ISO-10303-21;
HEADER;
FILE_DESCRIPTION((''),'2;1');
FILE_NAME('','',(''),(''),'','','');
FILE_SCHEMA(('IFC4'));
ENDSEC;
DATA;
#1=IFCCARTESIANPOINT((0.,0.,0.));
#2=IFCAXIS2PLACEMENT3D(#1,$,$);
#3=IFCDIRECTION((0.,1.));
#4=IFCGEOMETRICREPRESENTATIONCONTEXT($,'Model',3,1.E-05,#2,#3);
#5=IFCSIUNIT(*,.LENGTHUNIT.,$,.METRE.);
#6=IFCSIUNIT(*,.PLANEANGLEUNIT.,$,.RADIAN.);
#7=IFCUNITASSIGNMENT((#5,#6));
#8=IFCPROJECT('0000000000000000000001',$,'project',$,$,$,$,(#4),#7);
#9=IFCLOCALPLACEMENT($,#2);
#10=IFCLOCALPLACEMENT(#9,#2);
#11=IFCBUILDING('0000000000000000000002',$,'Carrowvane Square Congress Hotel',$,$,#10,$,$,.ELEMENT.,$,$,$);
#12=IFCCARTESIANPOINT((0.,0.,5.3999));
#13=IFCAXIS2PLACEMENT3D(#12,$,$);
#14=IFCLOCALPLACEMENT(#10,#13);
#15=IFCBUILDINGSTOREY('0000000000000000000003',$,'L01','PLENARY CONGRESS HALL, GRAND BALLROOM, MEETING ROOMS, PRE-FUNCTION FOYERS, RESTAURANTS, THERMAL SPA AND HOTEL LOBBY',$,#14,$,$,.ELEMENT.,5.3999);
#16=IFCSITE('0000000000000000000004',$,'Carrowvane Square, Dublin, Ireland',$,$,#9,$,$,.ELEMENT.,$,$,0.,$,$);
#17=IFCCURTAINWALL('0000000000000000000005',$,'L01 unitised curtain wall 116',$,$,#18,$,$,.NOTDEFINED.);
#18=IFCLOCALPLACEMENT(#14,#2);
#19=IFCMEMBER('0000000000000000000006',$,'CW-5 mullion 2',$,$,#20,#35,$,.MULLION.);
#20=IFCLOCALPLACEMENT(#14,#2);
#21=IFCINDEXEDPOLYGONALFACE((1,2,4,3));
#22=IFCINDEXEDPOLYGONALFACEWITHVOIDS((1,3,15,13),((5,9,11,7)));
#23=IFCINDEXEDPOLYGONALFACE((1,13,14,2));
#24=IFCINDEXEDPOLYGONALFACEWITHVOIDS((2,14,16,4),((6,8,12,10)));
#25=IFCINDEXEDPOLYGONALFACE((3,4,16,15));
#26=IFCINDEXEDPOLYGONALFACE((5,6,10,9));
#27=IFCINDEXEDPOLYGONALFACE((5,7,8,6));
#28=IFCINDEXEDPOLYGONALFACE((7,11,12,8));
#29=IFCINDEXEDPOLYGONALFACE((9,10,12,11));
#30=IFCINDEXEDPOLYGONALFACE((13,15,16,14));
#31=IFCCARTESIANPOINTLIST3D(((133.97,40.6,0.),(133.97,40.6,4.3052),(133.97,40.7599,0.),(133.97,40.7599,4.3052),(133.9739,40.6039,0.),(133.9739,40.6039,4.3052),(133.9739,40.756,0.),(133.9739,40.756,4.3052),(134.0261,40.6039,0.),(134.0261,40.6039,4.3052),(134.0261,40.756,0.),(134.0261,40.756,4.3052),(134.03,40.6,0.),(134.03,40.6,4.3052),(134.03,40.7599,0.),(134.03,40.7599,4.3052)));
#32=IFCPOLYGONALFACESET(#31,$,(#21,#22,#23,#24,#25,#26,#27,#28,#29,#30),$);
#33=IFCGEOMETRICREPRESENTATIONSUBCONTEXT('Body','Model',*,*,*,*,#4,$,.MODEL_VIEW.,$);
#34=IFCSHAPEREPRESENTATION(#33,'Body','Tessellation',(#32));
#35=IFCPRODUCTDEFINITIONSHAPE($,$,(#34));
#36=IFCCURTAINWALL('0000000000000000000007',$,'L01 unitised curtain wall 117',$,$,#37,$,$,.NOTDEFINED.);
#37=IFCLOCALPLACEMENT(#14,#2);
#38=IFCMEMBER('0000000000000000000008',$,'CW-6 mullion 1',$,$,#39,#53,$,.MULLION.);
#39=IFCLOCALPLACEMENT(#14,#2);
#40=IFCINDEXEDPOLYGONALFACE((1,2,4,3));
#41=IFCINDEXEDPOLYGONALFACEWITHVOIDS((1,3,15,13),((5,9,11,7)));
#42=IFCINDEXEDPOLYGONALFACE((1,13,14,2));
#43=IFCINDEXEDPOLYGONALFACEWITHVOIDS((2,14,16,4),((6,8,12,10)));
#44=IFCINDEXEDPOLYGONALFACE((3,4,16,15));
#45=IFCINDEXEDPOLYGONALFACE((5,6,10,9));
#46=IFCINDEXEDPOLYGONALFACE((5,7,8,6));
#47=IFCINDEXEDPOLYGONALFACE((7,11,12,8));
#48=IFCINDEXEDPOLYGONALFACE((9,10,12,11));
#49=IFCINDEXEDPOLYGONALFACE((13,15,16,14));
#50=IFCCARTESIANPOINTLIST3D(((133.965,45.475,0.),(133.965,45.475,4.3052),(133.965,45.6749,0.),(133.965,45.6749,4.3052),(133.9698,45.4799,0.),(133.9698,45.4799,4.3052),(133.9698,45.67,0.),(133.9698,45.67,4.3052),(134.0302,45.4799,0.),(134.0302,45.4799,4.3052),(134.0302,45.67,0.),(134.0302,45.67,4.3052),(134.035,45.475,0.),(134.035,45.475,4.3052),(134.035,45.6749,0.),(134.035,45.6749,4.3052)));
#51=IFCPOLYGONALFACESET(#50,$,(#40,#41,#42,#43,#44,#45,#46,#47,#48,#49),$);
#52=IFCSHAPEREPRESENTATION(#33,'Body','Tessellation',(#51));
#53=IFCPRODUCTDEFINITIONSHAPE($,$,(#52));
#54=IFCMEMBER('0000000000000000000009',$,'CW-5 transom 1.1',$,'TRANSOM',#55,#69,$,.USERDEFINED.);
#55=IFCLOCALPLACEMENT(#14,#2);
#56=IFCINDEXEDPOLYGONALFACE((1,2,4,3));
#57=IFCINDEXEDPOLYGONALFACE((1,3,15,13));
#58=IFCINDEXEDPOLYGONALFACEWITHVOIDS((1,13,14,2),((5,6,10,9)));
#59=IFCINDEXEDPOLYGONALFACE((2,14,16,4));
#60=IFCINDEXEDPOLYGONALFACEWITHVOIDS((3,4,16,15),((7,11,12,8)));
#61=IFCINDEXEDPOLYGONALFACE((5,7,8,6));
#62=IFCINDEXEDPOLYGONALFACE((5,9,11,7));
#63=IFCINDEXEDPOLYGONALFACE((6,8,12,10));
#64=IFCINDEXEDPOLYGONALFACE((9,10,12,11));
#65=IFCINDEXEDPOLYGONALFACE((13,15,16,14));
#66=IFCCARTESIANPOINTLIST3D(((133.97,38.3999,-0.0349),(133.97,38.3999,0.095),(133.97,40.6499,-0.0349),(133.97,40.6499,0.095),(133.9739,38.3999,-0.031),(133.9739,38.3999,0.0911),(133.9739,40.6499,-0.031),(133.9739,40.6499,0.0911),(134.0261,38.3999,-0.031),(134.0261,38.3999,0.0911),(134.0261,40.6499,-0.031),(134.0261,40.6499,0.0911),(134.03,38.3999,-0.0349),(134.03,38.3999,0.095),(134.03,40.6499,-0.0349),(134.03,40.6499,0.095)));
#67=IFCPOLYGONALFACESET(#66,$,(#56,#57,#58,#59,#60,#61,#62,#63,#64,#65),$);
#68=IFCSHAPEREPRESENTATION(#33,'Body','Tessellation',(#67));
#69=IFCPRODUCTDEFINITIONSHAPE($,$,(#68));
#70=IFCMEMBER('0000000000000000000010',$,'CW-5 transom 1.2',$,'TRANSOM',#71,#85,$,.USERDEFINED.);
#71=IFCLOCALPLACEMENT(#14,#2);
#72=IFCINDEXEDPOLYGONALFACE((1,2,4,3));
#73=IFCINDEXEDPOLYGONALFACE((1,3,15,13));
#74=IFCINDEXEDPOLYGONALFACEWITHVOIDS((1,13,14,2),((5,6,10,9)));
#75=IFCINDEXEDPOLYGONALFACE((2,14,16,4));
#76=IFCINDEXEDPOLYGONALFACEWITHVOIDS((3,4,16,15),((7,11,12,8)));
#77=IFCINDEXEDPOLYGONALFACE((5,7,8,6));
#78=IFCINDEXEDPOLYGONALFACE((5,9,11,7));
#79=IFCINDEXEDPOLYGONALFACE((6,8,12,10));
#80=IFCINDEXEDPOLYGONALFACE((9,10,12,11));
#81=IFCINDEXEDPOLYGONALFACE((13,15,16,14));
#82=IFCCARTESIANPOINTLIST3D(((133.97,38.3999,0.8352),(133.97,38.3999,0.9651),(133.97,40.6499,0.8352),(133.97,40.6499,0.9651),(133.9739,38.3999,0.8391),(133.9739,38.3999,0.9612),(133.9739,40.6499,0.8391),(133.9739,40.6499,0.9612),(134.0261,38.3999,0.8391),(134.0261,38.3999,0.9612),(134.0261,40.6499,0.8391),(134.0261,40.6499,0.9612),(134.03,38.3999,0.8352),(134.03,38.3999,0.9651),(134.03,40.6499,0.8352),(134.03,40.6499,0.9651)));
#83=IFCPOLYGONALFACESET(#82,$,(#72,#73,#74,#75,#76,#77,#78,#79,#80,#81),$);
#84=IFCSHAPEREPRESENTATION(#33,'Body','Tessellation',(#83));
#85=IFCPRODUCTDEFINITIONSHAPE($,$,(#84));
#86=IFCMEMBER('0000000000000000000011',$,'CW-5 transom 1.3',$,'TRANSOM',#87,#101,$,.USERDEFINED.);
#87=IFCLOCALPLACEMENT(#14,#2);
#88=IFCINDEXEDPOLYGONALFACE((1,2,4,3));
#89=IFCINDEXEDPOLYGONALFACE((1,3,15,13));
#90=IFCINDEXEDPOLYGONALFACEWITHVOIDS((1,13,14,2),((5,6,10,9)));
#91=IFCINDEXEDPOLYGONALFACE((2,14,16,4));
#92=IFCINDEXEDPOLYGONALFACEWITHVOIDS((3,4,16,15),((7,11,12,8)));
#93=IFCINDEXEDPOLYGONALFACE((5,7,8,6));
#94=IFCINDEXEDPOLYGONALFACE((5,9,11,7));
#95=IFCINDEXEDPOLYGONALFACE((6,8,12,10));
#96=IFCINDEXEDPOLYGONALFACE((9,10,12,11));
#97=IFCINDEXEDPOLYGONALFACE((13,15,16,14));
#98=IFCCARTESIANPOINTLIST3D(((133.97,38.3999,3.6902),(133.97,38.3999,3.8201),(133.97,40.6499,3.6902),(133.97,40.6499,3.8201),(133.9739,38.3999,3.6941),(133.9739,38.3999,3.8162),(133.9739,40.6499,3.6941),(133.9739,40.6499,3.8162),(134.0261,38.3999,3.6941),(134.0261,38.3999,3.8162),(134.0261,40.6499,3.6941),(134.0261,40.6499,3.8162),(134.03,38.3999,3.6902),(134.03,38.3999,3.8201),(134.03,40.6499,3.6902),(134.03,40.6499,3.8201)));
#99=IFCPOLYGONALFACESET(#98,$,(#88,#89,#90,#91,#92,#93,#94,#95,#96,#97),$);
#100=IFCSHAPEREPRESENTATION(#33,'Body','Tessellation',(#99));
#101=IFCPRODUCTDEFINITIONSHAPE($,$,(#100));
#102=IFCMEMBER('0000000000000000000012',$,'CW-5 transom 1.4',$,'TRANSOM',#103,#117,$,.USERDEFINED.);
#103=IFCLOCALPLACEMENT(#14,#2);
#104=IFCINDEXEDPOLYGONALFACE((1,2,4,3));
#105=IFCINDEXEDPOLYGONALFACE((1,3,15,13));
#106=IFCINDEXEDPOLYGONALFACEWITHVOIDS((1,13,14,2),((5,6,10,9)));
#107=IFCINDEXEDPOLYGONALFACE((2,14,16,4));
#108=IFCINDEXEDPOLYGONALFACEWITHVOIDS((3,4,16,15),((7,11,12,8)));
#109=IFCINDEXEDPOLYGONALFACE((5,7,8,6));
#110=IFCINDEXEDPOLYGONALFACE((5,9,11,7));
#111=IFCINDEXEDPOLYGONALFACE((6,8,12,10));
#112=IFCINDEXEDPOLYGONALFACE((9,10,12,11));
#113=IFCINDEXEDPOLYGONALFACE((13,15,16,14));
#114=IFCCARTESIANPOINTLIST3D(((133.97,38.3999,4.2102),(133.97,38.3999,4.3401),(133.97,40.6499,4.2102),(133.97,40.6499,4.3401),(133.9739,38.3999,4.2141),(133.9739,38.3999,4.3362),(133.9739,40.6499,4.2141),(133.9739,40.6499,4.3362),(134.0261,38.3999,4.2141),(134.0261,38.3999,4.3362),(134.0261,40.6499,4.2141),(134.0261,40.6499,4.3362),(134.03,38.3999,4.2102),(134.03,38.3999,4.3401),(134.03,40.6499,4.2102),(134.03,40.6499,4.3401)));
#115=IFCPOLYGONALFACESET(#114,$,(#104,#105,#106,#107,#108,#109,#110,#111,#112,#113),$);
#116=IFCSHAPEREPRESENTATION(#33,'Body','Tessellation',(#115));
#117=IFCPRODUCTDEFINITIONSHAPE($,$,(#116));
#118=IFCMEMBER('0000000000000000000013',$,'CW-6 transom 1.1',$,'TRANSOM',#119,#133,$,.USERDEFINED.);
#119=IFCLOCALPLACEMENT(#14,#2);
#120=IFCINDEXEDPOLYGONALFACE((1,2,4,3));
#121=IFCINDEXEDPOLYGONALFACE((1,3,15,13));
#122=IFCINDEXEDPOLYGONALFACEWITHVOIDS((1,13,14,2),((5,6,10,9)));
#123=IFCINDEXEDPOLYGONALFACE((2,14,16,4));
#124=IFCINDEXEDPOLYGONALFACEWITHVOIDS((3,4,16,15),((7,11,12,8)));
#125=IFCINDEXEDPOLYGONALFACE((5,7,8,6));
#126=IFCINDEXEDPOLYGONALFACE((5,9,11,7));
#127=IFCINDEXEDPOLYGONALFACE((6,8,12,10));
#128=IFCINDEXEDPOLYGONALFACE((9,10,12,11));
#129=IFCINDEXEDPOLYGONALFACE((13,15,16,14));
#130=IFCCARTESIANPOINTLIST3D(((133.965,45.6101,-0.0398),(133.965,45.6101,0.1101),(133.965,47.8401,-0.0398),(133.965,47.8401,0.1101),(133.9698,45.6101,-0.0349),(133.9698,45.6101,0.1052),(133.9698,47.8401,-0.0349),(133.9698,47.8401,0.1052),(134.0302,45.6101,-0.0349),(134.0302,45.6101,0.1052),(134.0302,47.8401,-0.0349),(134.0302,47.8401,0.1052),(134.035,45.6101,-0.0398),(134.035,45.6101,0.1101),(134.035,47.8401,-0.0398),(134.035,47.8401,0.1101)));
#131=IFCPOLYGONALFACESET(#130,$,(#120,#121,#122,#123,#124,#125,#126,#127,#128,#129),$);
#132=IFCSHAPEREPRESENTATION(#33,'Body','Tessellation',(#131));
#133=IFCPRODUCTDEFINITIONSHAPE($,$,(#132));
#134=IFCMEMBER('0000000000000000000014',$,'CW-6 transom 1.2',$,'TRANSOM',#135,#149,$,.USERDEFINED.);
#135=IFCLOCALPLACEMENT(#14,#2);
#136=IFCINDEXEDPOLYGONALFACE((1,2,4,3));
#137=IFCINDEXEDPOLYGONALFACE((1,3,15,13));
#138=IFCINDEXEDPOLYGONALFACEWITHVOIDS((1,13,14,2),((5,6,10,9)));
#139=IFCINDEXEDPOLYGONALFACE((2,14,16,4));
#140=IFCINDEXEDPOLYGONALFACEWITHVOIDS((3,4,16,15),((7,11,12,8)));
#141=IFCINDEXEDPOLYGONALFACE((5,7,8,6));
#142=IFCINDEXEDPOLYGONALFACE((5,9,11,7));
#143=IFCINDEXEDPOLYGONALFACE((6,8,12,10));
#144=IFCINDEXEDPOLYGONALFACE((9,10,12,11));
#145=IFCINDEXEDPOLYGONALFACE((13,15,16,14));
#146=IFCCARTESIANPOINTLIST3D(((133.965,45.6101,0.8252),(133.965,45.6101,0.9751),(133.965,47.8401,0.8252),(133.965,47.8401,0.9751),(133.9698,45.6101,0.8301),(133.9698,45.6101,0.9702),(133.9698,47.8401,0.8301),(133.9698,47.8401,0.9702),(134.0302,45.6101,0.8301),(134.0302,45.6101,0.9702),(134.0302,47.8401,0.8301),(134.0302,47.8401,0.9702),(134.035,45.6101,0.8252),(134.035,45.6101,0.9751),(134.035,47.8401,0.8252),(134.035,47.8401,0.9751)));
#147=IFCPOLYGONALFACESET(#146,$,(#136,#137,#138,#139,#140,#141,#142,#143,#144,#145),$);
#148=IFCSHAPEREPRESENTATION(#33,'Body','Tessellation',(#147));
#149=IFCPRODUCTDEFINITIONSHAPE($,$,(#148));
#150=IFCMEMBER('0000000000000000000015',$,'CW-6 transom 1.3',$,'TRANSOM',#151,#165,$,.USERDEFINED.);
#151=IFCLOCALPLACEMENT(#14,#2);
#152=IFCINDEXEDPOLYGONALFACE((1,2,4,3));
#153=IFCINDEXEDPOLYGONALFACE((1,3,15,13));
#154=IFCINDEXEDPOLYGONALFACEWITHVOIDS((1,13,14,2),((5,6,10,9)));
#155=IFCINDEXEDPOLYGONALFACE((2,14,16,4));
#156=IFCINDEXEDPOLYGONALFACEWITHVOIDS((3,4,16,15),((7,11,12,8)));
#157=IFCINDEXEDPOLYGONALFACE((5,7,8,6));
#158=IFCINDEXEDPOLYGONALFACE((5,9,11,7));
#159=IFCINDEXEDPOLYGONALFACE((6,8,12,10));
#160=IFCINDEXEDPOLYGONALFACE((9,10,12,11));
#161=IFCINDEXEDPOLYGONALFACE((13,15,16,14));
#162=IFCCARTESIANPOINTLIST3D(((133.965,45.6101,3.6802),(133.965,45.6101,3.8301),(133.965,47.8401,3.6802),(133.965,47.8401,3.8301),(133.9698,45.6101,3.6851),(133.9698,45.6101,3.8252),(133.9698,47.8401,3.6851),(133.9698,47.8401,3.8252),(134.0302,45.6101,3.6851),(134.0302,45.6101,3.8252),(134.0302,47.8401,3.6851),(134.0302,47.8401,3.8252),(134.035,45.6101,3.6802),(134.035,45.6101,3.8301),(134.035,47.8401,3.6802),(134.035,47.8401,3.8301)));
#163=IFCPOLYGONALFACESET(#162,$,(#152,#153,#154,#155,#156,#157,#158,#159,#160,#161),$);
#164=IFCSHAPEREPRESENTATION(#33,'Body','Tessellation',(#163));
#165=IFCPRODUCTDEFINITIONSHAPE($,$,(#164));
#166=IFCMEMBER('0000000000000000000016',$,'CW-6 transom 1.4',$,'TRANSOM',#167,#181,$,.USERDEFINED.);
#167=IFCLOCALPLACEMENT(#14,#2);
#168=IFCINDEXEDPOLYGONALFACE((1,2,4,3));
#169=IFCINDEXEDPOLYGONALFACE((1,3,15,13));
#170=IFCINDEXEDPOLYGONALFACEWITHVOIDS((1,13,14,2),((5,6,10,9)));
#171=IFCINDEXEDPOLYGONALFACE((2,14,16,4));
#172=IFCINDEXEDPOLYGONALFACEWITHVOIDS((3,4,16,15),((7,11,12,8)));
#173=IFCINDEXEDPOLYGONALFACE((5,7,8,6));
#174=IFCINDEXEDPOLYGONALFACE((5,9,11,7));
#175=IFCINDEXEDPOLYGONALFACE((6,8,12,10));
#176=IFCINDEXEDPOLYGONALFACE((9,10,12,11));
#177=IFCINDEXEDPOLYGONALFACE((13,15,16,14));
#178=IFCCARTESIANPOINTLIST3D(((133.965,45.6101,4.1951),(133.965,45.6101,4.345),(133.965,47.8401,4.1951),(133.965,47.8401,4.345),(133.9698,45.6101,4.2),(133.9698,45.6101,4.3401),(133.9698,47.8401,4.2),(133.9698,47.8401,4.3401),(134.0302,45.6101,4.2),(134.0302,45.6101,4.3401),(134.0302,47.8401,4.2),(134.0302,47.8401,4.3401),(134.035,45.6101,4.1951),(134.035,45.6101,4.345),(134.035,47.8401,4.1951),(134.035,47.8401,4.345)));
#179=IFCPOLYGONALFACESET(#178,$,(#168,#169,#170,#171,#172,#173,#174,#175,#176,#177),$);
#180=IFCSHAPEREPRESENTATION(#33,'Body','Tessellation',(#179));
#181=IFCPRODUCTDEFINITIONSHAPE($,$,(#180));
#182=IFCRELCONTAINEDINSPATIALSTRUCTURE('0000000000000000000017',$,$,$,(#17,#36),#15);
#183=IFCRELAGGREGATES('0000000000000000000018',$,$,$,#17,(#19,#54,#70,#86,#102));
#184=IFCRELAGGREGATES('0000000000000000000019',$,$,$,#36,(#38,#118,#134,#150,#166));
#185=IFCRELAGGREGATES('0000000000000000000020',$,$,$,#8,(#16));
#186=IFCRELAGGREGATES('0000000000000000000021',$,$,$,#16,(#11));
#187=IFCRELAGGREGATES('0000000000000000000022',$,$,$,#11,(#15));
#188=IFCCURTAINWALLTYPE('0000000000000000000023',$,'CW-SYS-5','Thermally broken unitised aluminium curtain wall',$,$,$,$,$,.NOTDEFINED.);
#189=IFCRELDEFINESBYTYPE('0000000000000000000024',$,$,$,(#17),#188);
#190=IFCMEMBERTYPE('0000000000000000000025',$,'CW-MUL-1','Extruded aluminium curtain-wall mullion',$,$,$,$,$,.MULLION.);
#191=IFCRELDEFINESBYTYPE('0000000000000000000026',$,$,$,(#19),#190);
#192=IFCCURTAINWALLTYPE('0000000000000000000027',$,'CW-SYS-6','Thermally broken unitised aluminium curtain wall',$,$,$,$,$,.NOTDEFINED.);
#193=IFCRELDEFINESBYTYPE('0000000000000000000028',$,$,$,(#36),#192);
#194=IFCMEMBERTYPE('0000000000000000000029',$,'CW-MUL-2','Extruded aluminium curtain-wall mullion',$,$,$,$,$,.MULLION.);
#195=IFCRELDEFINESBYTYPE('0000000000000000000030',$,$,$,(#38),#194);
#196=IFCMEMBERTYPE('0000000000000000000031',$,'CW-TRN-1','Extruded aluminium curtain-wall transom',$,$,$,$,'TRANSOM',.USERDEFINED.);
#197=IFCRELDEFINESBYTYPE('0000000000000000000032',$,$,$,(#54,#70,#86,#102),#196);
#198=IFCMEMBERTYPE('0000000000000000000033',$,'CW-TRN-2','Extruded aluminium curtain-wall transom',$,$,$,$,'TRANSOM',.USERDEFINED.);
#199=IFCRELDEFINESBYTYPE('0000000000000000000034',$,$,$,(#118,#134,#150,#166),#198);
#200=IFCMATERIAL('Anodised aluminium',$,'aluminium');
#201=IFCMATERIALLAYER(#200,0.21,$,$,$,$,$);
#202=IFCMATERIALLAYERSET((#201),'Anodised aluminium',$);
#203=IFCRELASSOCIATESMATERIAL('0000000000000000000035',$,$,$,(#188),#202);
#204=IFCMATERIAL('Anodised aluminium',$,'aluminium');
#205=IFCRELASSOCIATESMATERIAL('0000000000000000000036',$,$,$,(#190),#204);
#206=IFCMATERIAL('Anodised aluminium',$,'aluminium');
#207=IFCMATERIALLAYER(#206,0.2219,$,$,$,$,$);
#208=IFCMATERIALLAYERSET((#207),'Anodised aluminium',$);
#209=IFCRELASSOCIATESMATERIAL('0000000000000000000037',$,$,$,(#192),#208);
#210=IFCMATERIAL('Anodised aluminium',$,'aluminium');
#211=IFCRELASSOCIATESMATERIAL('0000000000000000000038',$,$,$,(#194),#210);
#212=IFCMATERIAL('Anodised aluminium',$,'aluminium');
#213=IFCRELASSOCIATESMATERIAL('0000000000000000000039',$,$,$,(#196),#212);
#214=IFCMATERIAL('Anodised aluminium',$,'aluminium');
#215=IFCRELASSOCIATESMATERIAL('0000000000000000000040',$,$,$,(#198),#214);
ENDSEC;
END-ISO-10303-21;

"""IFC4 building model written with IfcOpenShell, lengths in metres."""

from ifc_helpers import new_model, si_unit, direction, frame, origin, origin_2d, place, context, subcontext, project, spatial, hollow_rectangle, extrude, material, layer, layer_set, material_profile, profile_set, type_object, element, aggregate, save


model = new_model("IFC4")

# Units and contexts
model_context = context("Model", 3, precision=1e-05, world=origin(), true_north=direction((0.0, 1.0)))
body_context = subcontext(model_context, "Body", "Model", "MODEL_VIEW")
ifc_project = project(units=[si_unit("LENGTHUNIT", "METRE"), si_unit("PLANEANGLEUNIT", "RADIAN")], contexts=[model_context])

# Site, building, storey
site_placement = place(None, origin())
site = spatial("IfcSite", under=ifc_project, at=site_placement, Name="Carrowvane Square, Dublin, Ireland", CompositionType="ELEMENT", RefElevation=0.0)
building_placement = place(site_placement, origin())
building = spatial("IfcBuilding", under=site, at=building_placement, Name="Carrowvane Square Congress Hotel", CompositionType="ELEMENT")
storey_placement = place(building_placement, frame((0.0, 0.0, 5.3999)))
storey = spatial("IfcBuildingStorey", under=building, at=storey_placement, Name="L01", Description="PLENARY CONGRESS HALL, GRAND BALLROOM, MEETING ROOMS, PRE-FUNCTION FOYERS, RESTAURANTS, THERMAL SPA AND HOTEL LOBBY", CompositionType="ELEMENT", Elevation=5.3999)

# Curtain walls, members
ifc_material_1 = material(Name="Anodised aluminium", Category="aluminium")
ifc_layer_1 = layer(ifc_material_1, 0.21)
ifc_layer_set_1 = layer_set([ifc_layer_1], Name="Anodised aluminium")
curtain_wall_type_1 = type_object("IfcCurtainWallType", Name="CW-SYS-5", Description="Thermally broken unitised aluminium curtain wall", PredefinedType="NOTDEFINED", material=ifc_layer_set_1)
curtain_wall_1_placement = place(storey_placement, origin())
curtain_wall_1 = element("IfcCurtainWall", 1, at=curtain_wall_1_placement, inside=storey, type_object=curtain_wall_type_1, Name="L01 unitised curtain wall 116", PredefinedType="NOTDEFINED")
ifc_material_2 = material(Name="Anodised aluminium", Category="aluminium")
ifc_material_profile_1 = material_profile(ifc_material_2, hollow_rectangle(XDim=0.0601, YDim=0.1599, WallThickness=0.0039, at=origin_2d()), Name="CW-ML 60x160x4")
ifc_profile_set_1 = profile_set([ifc_material_profile_1], Name="Anodised aluminium")
member_type_1 = type_object("IfcMemberType", Name="CW-MUL-1", Description="Extruded aluminium curtain-wall mullion", PredefinedType="MULLION", material=ifc_profile_set_1)
member_1_placement = place(storey_placement, frame((134.0, 40.6799, 0.0), z_axis=(0.0, 0.0, 1.0), x_axis=(-1.0, 0.0, 0.0)))
member_1 = element("IfcMember", 2, at=member_1_placement, type_object=member_type_1, Name="CW-5 mullion 2", PredefinedType="MULLION", context=body_context, shape_type="SweptSolid", body=[
    extrude(hollow_rectangle(XDim=0.0601, YDim=0.1599, WallThickness=0.0039, at=origin_2d()), origin(), (0.0, 0.0, 1.0), 4.3052),
])
ifc_material_3 = material(Name="Anodised aluminium", Category="aluminium")
ifc_layer_2 = layer(ifc_material_3, 0.2219)
ifc_layer_set_2 = layer_set([ifc_layer_2], Name="Anodised aluminium")
curtain_wall_type_2 = type_object("IfcCurtainWallType", Name="CW-SYS-6", Description="Thermally broken unitised aluminium curtain wall", PredefinedType="NOTDEFINED", material=ifc_layer_set_2)
curtain_wall_2_placement = place(storey_placement, origin())
curtain_wall_2 = element("IfcCurtainWall", 3, at=curtain_wall_2_placement, inside=storey, type_object=curtain_wall_type_2, Name="L01 unitised curtain wall 117", PredefinedType="NOTDEFINED")
ifc_material_4 = material(Name="Anodised aluminium", Category="aluminium")
ifc_material_profile_2 = material_profile(ifc_material_4, hollow_rectangle(XDim=0.0701, YDim=0.2, WallThickness=0.0049, at=origin_2d()), Name="CW-ML 70x200x5")
ifc_profile_set_2 = profile_set([ifc_material_profile_2], Name="Anodised aluminium")
member_type_2 = type_object("IfcMemberType", Name="CW-MUL-2", Description="Extruded aluminium curtain-wall mullion", PredefinedType="MULLION", material=ifc_profile_set_2)
member_2_placement = place(storey_placement, frame((134.0, 45.575, 0.0), z_axis=(0.0, 0.0, 1.0), x_axis=(-1.0, 0.0, 0.0)))
member_2 = element("IfcMember", 4, at=member_2_placement, type_object=member_type_2, Name="CW-6 mullion 1", PredefinedType="MULLION", context=body_context, shape_type="SweptSolid", body=[
    extrude(hollow_rectangle(XDim=0.0701, YDim=0.2, WallThickness=0.0049, at=origin_2d()), origin(), (0.0, 0.0, 1.0), 4.3052),
])

# Members
ifc_material_5 = material(Name="Anodised aluminium", Category="aluminium")
ifc_material_profile_3 = material_profile(ifc_material_5, hollow_rectangle(XDim=0.0601, YDim=0.1299, WallThickness=0.0039, at=origin_2d()), Name="CW-TR 60x130x4")
ifc_profile_set_3 = profile_set([ifc_material_profile_3], Name="Anodised aluminium")
member_type_3 = type_object("IfcMemberType", Name="CW-TRN-1", Description="Extruded aluminium curtain-wall transom", ElementType="TRANSOM", PredefinedType="USERDEFINED", material=ifc_profile_set_3)
member_3_placement = place(storey_placement, frame((134.0, 38.3999, 0.03), z_axis=(0.0, 1.0, 0.0), x_axis=(-1.0, 0.0, 0.0)))
member_3 = element("IfcMember", 5, at=member_3_placement, type_object=member_type_3, Name="CW-5 transom 1.1", ObjectType="TRANSOM", PredefinedType="USERDEFINED", context=body_context, shape_type="SweptSolid", body=[
    extrude(hollow_rectangle(XDim=0.0601, YDim=0.1299, WallThickness=0.0039, at=origin_2d()), origin(), (0.0, 0.0, 1.0), 2.25),
])
member_4_placement = place(storey_placement, frame((134.0, 38.3999, 0.9001), z_axis=(0.0, 1.0, 0.0), x_axis=(-1.0, 0.0, 0.0)))
member_4 = element("IfcMember", 6, at=member_4_placement, type_object=member_type_3, Name="CW-5 transom 1.2", ObjectType="TRANSOM", PredefinedType="USERDEFINED", context=body_context, shape_type="SweptSolid", body=[
    extrude(hollow_rectangle(XDim=0.0601, YDim=0.1299, WallThickness=0.0039, at=origin_2d()), origin(), (0.0, 0.0, 1.0), 2.25),
])
member_5_placement = place(storey_placement, frame((134.0, 38.3999, 3.7551), z_axis=(0.0, 1.0, 0.0), x_axis=(-1.0, 0.0, 0.0)))
member_5 = element("IfcMember", 7, at=member_5_placement, type_object=member_type_3, Name="CW-5 transom 1.3", ObjectType="TRANSOM", PredefinedType="USERDEFINED", context=body_context, shape_type="SweptSolid", body=[
    extrude(hollow_rectangle(XDim=0.0601, YDim=0.1299, WallThickness=0.0039, at=origin_2d()), origin(), (0.0, 0.0, 1.0), 2.25),
])
member_6_placement = place(storey_placement, frame((134.0, 38.3999, 4.2751), z_axis=(0.0, 1.0, 0.0), x_axis=(-1.0, 0.0, 0.0)))
member_6 = element("IfcMember", 8, at=member_6_placement, type_object=member_type_3, Name="CW-5 transom 1.4", ObjectType="TRANSOM", PredefinedType="USERDEFINED", context=body_context, shape_type="SweptSolid", body=[
    extrude(hollow_rectangle(XDim=0.0601, YDim=0.1299, WallThickness=0.0039, at=origin_2d()), origin(), (0.0, 0.0, 1.0), 2.25),
])
ifc_material_6 = material(Name="Anodised aluminium", Category="aluminium")
ifc_material_profile_4 = material_profile(ifc_material_6, hollow_rectangle(XDim=0.0701, YDim=0.1499, WallThickness=0.0049, at=origin_2d()), Name="CW-TR 70x150x5")
ifc_profile_set_4 = profile_set([ifc_material_profile_4], Name="Anodised aluminium")
member_type_4 = type_object("IfcMemberType", Name="CW-TRN-2", Description="Extruded aluminium curtain-wall transom", ElementType="TRANSOM", PredefinedType="USERDEFINED", material=ifc_profile_set_4)
member_7_placement = place(storey_placement, frame((134.0, 45.6101, 0.0352), z_axis=(0.0, 1.0, 0.0), x_axis=(-1.0, 0.0, 0.0)))
member_7 = element("IfcMember", 9, at=member_7_placement, type_object=member_type_4, Name="CW-6 transom 1.1", ObjectType="TRANSOM", PredefinedType="USERDEFINED", context=body_context, shape_type="SweptSolid", body=[
    extrude(hollow_rectangle(XDim=0.0701, YDim=0.1499, WallThickness=0.0049, at=origin_2d()), origin(), (0.0, 0.0, 1.0), 2.23),
])
member_8_placement = place(storey_placement, frame((134.0, 45.6101, 0.9001), z_axis=(0.0, 1.0, 0.0), x_axis=(-1.0, 0.0, 0.0)))
member_8 = element("IfcMember", 10, at=member_8_placement, type_object=member_type_4, Name="CW-6 transom 1.2", ObjectType="TRANSOM", PredefinedType="USERDEFINED", context=body_context, shape_type="SweptSolid", body=[
    extrude(hollow_rectangle(XDim=0.0701, YDim=0.1499, WallThickness=0.0049, at=origin_2d()), origin(), (0.0, 0.0, 1.0), 2.23),
])
member_9_placement = place(storey_placement, frame((134.0, 45.6101, 3.7551), z_axis=(0.0, 1.0, 0.0), x_axis=(-1.0, 0.0, 0.0)))
member_9 = element("IfcMember", 11, at=member_9_placement, type_object=member_type_4, Name="CW-6 transom 1.3", ObjectType="TRANSOM", PredefinedType="USERDEFINED", context=body_context, shape_type="SweptSolid", body=[
    extrude(hollow_rectangle(XDim=0.0701, YDim=0.1499, WallThickness=0.0049, at=origin_2d()), origin(), (0.0, 0.0, 1.0), 2.23),
])
member_10_placement = place(storey_placement, frame((134.0, 45.6101, 4.27), z_axis=(0.0, 1.0, 0.0), x_axis=(-1.0, 0.0, 0.0)))
member_10 = element("IfcMember", 12, at=member_10_placement, type_object=member_type_4, Name="CW-6 transom 1.4", ObjectType="TRANSOM", PredefinedType="USERDEFINED", context=body_context, shape_type="SweptSolid", body=[
    extrude(hollow_rectangle(XDim=0.0701, YDim=0.1499, WallThickness=0.0049, at=origin_2d()), origin(), (0.0, 0.0, 1.0), 2.23),
])

aggregate(curtain_wall_1, [member_1, member_3, member_4, member_5, member_6])
aggregate(curtain_wall_2, [member_2, member_7, member_8, member_9, member_10])

save(model, "model.ifc")
